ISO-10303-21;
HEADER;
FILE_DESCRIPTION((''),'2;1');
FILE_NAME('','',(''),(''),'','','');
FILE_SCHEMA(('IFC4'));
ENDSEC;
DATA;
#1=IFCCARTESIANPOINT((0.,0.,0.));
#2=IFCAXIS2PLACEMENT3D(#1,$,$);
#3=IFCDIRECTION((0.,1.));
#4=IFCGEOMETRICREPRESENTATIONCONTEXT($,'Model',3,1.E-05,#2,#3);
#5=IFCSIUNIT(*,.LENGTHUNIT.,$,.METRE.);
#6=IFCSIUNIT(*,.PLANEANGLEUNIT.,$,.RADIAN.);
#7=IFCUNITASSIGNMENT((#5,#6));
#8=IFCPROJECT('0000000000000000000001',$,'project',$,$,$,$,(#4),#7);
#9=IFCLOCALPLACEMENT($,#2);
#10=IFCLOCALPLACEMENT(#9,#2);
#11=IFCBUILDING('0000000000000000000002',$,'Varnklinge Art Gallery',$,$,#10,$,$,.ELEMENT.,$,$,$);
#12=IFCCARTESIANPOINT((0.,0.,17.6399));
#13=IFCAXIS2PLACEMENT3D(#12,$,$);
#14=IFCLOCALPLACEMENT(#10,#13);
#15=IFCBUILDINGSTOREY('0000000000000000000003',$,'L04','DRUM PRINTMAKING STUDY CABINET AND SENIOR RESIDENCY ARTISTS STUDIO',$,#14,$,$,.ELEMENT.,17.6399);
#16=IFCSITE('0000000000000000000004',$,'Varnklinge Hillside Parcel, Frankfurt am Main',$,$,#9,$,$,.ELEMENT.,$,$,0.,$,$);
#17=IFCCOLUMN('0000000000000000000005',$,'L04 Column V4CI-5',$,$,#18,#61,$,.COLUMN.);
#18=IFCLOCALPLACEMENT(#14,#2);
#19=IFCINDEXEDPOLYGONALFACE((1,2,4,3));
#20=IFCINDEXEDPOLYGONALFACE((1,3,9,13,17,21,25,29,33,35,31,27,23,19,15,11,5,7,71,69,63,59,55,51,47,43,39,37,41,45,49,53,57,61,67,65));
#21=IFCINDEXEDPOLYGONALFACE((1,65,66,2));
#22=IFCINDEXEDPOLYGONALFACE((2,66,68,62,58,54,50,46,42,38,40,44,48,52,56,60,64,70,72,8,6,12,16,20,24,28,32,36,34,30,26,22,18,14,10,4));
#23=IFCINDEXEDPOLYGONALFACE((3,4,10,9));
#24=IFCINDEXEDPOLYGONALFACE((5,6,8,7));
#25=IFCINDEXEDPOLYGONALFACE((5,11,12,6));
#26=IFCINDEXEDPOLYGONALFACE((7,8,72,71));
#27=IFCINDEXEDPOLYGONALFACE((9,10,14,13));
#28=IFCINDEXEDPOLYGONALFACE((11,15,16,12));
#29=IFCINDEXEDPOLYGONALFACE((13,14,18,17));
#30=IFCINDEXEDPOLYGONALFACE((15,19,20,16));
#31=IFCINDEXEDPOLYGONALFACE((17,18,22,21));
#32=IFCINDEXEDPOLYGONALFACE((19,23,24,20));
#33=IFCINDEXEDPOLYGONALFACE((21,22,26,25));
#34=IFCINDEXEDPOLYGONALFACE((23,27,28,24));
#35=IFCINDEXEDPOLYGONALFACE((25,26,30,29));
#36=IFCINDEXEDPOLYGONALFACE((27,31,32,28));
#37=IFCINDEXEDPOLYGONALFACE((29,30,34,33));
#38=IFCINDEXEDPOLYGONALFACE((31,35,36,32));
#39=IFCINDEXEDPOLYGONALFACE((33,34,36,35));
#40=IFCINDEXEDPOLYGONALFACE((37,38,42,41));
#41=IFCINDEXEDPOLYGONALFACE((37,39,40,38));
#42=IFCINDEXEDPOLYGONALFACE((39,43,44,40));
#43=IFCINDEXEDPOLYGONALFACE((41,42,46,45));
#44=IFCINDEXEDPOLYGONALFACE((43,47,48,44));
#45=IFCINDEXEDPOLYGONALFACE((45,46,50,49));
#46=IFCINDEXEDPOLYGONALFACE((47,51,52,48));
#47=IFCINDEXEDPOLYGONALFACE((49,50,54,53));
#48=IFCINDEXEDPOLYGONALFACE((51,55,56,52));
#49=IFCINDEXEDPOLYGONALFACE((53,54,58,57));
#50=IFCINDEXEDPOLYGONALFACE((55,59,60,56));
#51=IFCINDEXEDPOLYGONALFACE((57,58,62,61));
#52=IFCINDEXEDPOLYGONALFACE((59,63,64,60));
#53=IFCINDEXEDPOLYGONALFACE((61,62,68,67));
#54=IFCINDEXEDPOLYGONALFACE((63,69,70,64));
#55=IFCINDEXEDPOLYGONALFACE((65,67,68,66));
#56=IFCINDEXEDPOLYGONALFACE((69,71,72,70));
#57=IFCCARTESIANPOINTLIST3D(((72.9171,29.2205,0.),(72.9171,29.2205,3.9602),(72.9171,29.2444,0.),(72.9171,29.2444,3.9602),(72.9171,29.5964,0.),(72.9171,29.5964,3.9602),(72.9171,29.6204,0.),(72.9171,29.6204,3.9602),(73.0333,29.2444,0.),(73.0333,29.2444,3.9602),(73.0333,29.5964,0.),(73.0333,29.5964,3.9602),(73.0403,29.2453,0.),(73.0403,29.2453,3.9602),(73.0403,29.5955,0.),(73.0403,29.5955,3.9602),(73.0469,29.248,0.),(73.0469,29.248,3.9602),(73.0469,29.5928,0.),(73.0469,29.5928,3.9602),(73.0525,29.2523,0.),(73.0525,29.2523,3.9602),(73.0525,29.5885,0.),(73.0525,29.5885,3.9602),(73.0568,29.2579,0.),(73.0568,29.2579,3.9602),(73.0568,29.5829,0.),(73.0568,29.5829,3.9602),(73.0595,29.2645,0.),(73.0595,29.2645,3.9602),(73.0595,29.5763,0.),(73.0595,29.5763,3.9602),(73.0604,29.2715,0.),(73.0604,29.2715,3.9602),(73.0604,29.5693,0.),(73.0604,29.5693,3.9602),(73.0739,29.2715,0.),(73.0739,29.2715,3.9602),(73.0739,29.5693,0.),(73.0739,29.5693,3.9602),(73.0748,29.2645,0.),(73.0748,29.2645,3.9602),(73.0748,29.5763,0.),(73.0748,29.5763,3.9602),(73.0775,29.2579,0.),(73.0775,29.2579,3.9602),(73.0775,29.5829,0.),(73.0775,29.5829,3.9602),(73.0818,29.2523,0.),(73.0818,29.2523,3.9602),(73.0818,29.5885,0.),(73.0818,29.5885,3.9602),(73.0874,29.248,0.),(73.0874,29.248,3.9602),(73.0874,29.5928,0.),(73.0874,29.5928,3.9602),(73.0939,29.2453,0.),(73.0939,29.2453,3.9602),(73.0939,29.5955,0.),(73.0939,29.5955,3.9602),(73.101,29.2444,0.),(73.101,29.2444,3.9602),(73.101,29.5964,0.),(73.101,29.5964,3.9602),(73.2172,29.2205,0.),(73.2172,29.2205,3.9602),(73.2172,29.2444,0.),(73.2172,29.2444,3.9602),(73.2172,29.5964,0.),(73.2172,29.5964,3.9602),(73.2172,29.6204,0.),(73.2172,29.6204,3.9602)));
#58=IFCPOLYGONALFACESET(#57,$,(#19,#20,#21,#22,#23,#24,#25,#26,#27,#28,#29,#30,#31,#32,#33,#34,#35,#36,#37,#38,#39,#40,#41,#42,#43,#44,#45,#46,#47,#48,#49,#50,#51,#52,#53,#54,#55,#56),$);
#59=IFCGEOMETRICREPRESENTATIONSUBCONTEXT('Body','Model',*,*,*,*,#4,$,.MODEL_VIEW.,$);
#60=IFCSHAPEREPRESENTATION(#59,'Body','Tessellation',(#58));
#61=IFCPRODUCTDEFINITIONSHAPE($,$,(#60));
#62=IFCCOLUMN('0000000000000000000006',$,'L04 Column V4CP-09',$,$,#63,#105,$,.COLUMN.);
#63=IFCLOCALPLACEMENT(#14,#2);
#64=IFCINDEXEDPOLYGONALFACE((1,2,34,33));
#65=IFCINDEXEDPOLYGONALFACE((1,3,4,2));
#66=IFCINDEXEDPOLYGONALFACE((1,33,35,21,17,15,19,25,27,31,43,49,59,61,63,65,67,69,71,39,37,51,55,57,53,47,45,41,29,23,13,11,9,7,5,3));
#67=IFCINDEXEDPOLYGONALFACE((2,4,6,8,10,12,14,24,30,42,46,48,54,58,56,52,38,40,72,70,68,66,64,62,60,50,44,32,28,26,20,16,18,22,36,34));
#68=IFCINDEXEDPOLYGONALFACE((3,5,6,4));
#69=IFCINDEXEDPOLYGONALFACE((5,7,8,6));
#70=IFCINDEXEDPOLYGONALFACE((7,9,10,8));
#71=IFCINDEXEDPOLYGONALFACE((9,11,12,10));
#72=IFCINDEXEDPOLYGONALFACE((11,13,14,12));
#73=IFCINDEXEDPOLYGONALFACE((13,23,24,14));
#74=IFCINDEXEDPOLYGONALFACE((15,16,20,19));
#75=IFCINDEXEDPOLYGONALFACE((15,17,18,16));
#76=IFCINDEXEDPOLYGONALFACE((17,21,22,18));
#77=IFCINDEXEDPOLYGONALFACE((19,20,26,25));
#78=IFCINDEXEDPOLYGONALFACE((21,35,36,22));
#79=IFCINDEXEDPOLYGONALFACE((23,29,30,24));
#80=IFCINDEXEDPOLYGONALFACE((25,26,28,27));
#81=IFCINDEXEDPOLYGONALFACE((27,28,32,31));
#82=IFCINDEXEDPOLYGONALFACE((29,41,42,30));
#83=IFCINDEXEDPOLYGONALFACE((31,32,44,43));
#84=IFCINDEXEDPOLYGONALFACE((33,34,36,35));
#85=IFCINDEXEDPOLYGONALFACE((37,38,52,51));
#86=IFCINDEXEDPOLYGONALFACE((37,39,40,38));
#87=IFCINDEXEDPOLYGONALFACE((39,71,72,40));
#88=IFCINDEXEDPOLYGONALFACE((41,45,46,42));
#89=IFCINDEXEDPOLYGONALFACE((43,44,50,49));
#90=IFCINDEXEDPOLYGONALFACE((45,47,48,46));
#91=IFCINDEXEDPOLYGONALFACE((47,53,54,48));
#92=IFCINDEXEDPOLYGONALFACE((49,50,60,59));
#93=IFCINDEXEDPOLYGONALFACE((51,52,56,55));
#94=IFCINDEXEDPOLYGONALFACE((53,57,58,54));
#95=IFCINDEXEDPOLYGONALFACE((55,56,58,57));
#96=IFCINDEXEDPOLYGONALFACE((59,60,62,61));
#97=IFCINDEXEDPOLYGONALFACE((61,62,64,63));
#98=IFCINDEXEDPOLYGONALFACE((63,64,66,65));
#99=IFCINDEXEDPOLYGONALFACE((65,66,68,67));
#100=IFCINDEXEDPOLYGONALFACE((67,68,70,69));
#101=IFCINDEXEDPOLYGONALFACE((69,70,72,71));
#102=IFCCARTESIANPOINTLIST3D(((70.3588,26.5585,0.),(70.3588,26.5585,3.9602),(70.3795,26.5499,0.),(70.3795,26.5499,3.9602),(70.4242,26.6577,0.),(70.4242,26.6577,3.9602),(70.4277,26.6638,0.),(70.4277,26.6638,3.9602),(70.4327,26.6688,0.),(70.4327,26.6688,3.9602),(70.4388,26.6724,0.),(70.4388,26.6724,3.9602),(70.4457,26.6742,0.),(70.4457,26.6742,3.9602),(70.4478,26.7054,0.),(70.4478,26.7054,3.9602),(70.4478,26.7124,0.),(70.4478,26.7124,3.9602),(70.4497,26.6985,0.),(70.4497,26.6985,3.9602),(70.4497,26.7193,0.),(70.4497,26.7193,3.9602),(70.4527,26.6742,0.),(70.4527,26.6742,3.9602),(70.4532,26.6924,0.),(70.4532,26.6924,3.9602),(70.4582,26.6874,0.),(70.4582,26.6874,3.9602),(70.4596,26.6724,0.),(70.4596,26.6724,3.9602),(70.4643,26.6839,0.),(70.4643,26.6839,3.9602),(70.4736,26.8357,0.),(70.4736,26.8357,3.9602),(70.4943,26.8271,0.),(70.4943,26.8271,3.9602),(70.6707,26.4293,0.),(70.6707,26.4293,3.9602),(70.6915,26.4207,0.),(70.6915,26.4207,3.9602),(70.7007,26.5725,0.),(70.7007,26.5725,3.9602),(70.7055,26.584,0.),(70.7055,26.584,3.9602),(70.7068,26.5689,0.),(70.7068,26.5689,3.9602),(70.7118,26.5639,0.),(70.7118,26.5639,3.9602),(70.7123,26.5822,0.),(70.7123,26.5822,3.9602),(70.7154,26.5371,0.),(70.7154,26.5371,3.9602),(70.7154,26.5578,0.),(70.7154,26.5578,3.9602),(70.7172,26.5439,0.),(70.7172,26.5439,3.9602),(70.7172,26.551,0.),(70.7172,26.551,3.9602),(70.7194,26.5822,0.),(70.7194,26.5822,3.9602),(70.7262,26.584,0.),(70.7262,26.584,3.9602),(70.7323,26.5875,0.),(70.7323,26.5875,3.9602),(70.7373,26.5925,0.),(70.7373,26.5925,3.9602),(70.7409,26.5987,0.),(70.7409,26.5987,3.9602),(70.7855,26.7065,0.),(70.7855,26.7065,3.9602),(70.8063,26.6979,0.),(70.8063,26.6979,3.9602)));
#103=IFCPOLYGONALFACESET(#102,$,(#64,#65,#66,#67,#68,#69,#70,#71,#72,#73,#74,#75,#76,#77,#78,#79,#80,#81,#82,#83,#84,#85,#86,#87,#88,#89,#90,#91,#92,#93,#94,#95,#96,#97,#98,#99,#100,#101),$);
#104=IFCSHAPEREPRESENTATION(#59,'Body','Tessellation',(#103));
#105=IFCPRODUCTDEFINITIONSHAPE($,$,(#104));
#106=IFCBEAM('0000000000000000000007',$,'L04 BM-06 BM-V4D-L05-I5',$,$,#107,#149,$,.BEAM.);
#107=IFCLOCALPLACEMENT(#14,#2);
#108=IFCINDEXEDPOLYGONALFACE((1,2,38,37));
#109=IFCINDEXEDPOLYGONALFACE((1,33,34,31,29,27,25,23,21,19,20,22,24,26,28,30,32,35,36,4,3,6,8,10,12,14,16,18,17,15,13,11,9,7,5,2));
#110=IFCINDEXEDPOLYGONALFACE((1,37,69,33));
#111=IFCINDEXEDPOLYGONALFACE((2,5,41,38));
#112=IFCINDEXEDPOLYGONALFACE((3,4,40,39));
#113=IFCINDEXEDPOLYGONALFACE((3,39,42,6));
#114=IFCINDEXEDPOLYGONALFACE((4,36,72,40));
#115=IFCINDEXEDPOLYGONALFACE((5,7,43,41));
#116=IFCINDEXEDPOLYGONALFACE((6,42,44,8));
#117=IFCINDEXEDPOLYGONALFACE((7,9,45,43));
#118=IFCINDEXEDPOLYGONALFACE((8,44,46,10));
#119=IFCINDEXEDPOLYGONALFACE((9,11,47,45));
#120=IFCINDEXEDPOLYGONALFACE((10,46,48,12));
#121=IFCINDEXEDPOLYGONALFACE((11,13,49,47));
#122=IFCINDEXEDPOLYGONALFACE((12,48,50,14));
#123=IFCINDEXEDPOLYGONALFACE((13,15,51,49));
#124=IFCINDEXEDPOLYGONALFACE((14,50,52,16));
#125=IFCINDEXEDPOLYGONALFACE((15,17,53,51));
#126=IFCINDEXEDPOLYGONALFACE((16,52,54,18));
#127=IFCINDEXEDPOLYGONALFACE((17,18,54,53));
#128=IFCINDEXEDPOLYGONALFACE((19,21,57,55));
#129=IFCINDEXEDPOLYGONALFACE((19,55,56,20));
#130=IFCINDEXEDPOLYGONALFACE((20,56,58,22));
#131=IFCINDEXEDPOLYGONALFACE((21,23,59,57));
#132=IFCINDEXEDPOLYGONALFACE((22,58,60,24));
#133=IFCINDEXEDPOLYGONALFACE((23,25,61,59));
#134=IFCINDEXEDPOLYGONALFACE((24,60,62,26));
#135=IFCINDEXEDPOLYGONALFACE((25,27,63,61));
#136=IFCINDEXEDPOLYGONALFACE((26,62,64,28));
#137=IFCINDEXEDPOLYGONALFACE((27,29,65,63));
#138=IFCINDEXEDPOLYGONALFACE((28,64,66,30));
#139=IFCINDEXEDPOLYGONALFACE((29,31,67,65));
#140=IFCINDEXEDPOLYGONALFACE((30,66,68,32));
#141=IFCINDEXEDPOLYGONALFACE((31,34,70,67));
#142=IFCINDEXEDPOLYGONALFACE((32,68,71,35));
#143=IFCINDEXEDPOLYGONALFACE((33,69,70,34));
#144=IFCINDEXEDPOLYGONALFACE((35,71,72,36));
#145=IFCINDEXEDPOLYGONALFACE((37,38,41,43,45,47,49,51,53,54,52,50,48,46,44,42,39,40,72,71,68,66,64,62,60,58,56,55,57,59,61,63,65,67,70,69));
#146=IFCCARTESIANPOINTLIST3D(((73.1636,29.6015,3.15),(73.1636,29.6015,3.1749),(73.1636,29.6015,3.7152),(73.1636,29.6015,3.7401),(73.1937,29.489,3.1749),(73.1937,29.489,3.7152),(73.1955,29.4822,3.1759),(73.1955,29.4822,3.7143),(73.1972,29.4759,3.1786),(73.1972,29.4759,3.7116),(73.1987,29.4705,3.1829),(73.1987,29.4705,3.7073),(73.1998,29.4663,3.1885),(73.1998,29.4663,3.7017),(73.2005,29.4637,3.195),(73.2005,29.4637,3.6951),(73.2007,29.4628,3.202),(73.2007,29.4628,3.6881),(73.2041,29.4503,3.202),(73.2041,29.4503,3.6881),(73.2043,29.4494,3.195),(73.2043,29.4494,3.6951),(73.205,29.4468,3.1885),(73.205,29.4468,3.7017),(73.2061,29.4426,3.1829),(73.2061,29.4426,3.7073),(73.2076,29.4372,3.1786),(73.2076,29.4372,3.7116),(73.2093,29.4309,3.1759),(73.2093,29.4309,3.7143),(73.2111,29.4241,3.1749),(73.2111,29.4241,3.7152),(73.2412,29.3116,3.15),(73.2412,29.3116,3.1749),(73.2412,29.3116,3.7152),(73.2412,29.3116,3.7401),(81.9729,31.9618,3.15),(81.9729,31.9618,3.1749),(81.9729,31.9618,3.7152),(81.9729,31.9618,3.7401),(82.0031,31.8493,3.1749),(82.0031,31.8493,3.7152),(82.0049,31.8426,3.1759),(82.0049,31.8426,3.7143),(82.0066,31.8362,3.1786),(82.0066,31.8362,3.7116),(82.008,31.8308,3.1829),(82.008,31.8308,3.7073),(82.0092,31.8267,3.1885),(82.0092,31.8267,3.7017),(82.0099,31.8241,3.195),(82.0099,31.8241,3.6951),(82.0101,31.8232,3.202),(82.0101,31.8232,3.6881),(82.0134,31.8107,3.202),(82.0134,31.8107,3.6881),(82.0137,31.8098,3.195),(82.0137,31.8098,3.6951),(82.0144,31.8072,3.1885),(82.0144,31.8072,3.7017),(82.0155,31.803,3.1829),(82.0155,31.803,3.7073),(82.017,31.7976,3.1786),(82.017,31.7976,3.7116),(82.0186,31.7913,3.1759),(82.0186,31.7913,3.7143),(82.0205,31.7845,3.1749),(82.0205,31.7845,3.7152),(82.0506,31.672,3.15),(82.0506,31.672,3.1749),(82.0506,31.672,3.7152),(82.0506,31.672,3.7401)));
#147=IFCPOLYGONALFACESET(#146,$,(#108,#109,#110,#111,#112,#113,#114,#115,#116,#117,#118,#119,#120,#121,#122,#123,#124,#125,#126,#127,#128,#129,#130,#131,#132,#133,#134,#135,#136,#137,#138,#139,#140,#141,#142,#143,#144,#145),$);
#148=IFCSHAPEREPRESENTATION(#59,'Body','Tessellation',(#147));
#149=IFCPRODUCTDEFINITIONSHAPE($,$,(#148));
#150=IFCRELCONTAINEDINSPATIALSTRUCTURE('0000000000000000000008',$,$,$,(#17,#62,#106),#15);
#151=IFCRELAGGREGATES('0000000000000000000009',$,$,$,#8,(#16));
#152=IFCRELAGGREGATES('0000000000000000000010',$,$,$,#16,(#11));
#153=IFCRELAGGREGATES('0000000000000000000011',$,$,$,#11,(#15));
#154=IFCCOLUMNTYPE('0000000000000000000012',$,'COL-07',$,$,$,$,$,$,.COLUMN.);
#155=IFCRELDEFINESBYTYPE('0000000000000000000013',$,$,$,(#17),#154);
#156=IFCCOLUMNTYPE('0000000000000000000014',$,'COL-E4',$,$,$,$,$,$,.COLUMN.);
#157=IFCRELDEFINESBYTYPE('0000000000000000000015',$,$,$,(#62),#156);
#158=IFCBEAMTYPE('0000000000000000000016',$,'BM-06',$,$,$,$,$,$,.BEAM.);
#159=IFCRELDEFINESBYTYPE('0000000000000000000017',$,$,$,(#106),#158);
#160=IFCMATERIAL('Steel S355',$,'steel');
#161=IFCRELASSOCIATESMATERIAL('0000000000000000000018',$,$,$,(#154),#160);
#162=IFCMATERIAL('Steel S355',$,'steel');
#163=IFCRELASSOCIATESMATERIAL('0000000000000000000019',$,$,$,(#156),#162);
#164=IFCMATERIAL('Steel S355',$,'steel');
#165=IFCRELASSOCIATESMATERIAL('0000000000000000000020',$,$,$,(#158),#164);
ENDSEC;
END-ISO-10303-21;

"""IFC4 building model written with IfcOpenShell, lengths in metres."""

from ifc_helpers import new_model, si_unit, direction, frame, origin, origin_2d, place, context, subcontext, project, spatial, i_section, extrude, material, material_profile, profile_set, type_object, element, save


model = new_model("IFC4")

# Units and contexts
model_context = context("Model", 3, precision=1e-05, world=origin(), true_north=direction((0.0, 1.0)))
body_context = subcontext(model_context, "Body", "Model", "MODEL_VIEW")
ifc_project = project(units=[si_unit("LENGTHUNIT", "METRE"), si_unit("PLANEANGLEUNIT", "RADIAN")], contexts=[model_context])

# Site, building, storey
site_placement = place(None, origin())
site = spatial("IfcSite", under=ifc_project, at=site_placement, Name="Varnklinge Hillside Parcel, Frankfurt am Main", CompositionType="ELEMENT", RefElevation=0.0)
building_placement = place(site_placement, origin())
building = spatial("IfcBuilding", under=site, at=building_placement, Name="Varnklinge Art Gallery", CompositionType="ELEMENT")
storey_placement = place(building_placement, frame((0.0, 0.0, 17.6399)))
storey = spatial("IfcBuildingStorey", under=building, at=storey_placement, Name="L04", Description="DRUM PRINTMAKING STUDY CABINET AND SENIOR RESIDENCY ARTISTS STUDIO", CompositionType="ELEMENT", Elevation=17.6399)

# Columns
ifc_material_1 = material(Name="Steel S355", Category="steel")
ifc_material_profile_1 = material_profile(ifc_material_1, i_section(OverallWidth=0.3, OverallDepth=0.3999, WebThickness=0.0134, FlangeThickness=0.0239, FilletRadius=0.0271, at=origin_2d()), Name="HEB 400")
ifc_profile_set_1 = profile_set([ifc_material_profile_1], Name="Steel S355")
column_type_1 = type_object("IfcColumnType", Name="COL-07", PredefinedType="COLUMN", material=ifc_profile_set_1)
column_1_placement = place(storey_placement, frame((73.0671, 29.4204, 0.0), z_axis=(0.0, 0.0, 1.0), x_axis=(1.0, 0.0, 0.0)))
element("IfcColumn", 1, at=column_1_placement, inside=storey, type_object=column_type_1, Name="L04 Column V4CI-5", PredefinedType="COLUMN", context=body_context, shape_type="SweptSolid", body=[
    extrude(i_section(OverallWidth=0.3, OverallDepth=0.3999, WebThickness=0.0134, FlangeThickness=0.0239, FilletRadius=0.0271, at=origin_2d()), origin(), (0.0, 0.0, 1.0), 3.9602),
])
ifc_material_2 = material(Name="Steel S355", Category="steel")
ifc_material_profile_2 = material_profile(ifc_material_2, i_section(OverallWidth=0.3, OverallDepth=0.3601, WebThickness=0.0125, FlangeThickness=0.0225, FilletRadius=0.0271, at=origin_2d()), Name="HEB 360")
ifc_profile_set_2 = profile_set([ifc_material_profile_2], Name="Steel S355")
column_type_2 = type_object("IfcColumnType", Name="COL-E4", PredefinedType="COLUMN", material=ifc_profile_set_2)
column_2_placement = place(storey_placement, frame((70.5825, 26.6282, 0.0), z_axis=(0.0, 0.0, 1.0), x_axis=(-0.382683, -0.92388, 0.0)))
element("IfcColumn", 2, at=column_2_placement, inside=storey, type_object=column_type_2, Name="L04 Column V4CP-09", PredefinedType="COLUMN", context=body_context, shape_type="SweptSolid", body=[
    extrude(i_section(OverallWidth=0.3, OverallDepth=0.3601, WebThickness=0.0125, FlangeThickness=0.0225, FilletRadius=0.0271, at=origin_2d()), origin(), (0.0, 0.0, 1.0), 3.9602),
])

# Beam
ifc_material_3 = material(Name="Steel S355", Category="steel")
ifc_material_profile_3 = material_profile(ifc_material_3, i_section(OverallWidth=0.3, OverallDepth=0.5901, WebThickness=0.0129, FlangeThickness=0.0249, FilletRadius=0.0271, at=origin_2d()), Name="HEA 600")
ifc_profile_set_3 = profile_set([ifc_material_profile_3], Name="Steel S355")
beam_type_1 = type_object("IfcBeamType", Name="BM-06", PredefinedType="BEAM", material=ifc_profile_set_3)
beam_1_placement = place(storey_placement, frame((73.2024, 29.4565, 3.4451), z_axis=(0.965929, 0.258809, 0.0), x_axis=(-0.258809, 0.965929, 0.0)))
element("IfcBeam", 3, at=beam_1_placement, inside=storey, type_object=beam_type_1, Name="L04 BM-06 BM-V4D-L05-I5", PredefinedType="BEAM", context=body_context, shape_type="SweptSolid", body=[
    extrude(i_section(OverallWidth=0.3, OverallDepth=0.5901, WebThickness=0.0129, FlangeThickness=0.0249, FilletRadius=0.0271, at=origin_2d()), origin(), (0.0, 0.0, 1.0), 9.1201),
])

save(model, "model.ifc")
